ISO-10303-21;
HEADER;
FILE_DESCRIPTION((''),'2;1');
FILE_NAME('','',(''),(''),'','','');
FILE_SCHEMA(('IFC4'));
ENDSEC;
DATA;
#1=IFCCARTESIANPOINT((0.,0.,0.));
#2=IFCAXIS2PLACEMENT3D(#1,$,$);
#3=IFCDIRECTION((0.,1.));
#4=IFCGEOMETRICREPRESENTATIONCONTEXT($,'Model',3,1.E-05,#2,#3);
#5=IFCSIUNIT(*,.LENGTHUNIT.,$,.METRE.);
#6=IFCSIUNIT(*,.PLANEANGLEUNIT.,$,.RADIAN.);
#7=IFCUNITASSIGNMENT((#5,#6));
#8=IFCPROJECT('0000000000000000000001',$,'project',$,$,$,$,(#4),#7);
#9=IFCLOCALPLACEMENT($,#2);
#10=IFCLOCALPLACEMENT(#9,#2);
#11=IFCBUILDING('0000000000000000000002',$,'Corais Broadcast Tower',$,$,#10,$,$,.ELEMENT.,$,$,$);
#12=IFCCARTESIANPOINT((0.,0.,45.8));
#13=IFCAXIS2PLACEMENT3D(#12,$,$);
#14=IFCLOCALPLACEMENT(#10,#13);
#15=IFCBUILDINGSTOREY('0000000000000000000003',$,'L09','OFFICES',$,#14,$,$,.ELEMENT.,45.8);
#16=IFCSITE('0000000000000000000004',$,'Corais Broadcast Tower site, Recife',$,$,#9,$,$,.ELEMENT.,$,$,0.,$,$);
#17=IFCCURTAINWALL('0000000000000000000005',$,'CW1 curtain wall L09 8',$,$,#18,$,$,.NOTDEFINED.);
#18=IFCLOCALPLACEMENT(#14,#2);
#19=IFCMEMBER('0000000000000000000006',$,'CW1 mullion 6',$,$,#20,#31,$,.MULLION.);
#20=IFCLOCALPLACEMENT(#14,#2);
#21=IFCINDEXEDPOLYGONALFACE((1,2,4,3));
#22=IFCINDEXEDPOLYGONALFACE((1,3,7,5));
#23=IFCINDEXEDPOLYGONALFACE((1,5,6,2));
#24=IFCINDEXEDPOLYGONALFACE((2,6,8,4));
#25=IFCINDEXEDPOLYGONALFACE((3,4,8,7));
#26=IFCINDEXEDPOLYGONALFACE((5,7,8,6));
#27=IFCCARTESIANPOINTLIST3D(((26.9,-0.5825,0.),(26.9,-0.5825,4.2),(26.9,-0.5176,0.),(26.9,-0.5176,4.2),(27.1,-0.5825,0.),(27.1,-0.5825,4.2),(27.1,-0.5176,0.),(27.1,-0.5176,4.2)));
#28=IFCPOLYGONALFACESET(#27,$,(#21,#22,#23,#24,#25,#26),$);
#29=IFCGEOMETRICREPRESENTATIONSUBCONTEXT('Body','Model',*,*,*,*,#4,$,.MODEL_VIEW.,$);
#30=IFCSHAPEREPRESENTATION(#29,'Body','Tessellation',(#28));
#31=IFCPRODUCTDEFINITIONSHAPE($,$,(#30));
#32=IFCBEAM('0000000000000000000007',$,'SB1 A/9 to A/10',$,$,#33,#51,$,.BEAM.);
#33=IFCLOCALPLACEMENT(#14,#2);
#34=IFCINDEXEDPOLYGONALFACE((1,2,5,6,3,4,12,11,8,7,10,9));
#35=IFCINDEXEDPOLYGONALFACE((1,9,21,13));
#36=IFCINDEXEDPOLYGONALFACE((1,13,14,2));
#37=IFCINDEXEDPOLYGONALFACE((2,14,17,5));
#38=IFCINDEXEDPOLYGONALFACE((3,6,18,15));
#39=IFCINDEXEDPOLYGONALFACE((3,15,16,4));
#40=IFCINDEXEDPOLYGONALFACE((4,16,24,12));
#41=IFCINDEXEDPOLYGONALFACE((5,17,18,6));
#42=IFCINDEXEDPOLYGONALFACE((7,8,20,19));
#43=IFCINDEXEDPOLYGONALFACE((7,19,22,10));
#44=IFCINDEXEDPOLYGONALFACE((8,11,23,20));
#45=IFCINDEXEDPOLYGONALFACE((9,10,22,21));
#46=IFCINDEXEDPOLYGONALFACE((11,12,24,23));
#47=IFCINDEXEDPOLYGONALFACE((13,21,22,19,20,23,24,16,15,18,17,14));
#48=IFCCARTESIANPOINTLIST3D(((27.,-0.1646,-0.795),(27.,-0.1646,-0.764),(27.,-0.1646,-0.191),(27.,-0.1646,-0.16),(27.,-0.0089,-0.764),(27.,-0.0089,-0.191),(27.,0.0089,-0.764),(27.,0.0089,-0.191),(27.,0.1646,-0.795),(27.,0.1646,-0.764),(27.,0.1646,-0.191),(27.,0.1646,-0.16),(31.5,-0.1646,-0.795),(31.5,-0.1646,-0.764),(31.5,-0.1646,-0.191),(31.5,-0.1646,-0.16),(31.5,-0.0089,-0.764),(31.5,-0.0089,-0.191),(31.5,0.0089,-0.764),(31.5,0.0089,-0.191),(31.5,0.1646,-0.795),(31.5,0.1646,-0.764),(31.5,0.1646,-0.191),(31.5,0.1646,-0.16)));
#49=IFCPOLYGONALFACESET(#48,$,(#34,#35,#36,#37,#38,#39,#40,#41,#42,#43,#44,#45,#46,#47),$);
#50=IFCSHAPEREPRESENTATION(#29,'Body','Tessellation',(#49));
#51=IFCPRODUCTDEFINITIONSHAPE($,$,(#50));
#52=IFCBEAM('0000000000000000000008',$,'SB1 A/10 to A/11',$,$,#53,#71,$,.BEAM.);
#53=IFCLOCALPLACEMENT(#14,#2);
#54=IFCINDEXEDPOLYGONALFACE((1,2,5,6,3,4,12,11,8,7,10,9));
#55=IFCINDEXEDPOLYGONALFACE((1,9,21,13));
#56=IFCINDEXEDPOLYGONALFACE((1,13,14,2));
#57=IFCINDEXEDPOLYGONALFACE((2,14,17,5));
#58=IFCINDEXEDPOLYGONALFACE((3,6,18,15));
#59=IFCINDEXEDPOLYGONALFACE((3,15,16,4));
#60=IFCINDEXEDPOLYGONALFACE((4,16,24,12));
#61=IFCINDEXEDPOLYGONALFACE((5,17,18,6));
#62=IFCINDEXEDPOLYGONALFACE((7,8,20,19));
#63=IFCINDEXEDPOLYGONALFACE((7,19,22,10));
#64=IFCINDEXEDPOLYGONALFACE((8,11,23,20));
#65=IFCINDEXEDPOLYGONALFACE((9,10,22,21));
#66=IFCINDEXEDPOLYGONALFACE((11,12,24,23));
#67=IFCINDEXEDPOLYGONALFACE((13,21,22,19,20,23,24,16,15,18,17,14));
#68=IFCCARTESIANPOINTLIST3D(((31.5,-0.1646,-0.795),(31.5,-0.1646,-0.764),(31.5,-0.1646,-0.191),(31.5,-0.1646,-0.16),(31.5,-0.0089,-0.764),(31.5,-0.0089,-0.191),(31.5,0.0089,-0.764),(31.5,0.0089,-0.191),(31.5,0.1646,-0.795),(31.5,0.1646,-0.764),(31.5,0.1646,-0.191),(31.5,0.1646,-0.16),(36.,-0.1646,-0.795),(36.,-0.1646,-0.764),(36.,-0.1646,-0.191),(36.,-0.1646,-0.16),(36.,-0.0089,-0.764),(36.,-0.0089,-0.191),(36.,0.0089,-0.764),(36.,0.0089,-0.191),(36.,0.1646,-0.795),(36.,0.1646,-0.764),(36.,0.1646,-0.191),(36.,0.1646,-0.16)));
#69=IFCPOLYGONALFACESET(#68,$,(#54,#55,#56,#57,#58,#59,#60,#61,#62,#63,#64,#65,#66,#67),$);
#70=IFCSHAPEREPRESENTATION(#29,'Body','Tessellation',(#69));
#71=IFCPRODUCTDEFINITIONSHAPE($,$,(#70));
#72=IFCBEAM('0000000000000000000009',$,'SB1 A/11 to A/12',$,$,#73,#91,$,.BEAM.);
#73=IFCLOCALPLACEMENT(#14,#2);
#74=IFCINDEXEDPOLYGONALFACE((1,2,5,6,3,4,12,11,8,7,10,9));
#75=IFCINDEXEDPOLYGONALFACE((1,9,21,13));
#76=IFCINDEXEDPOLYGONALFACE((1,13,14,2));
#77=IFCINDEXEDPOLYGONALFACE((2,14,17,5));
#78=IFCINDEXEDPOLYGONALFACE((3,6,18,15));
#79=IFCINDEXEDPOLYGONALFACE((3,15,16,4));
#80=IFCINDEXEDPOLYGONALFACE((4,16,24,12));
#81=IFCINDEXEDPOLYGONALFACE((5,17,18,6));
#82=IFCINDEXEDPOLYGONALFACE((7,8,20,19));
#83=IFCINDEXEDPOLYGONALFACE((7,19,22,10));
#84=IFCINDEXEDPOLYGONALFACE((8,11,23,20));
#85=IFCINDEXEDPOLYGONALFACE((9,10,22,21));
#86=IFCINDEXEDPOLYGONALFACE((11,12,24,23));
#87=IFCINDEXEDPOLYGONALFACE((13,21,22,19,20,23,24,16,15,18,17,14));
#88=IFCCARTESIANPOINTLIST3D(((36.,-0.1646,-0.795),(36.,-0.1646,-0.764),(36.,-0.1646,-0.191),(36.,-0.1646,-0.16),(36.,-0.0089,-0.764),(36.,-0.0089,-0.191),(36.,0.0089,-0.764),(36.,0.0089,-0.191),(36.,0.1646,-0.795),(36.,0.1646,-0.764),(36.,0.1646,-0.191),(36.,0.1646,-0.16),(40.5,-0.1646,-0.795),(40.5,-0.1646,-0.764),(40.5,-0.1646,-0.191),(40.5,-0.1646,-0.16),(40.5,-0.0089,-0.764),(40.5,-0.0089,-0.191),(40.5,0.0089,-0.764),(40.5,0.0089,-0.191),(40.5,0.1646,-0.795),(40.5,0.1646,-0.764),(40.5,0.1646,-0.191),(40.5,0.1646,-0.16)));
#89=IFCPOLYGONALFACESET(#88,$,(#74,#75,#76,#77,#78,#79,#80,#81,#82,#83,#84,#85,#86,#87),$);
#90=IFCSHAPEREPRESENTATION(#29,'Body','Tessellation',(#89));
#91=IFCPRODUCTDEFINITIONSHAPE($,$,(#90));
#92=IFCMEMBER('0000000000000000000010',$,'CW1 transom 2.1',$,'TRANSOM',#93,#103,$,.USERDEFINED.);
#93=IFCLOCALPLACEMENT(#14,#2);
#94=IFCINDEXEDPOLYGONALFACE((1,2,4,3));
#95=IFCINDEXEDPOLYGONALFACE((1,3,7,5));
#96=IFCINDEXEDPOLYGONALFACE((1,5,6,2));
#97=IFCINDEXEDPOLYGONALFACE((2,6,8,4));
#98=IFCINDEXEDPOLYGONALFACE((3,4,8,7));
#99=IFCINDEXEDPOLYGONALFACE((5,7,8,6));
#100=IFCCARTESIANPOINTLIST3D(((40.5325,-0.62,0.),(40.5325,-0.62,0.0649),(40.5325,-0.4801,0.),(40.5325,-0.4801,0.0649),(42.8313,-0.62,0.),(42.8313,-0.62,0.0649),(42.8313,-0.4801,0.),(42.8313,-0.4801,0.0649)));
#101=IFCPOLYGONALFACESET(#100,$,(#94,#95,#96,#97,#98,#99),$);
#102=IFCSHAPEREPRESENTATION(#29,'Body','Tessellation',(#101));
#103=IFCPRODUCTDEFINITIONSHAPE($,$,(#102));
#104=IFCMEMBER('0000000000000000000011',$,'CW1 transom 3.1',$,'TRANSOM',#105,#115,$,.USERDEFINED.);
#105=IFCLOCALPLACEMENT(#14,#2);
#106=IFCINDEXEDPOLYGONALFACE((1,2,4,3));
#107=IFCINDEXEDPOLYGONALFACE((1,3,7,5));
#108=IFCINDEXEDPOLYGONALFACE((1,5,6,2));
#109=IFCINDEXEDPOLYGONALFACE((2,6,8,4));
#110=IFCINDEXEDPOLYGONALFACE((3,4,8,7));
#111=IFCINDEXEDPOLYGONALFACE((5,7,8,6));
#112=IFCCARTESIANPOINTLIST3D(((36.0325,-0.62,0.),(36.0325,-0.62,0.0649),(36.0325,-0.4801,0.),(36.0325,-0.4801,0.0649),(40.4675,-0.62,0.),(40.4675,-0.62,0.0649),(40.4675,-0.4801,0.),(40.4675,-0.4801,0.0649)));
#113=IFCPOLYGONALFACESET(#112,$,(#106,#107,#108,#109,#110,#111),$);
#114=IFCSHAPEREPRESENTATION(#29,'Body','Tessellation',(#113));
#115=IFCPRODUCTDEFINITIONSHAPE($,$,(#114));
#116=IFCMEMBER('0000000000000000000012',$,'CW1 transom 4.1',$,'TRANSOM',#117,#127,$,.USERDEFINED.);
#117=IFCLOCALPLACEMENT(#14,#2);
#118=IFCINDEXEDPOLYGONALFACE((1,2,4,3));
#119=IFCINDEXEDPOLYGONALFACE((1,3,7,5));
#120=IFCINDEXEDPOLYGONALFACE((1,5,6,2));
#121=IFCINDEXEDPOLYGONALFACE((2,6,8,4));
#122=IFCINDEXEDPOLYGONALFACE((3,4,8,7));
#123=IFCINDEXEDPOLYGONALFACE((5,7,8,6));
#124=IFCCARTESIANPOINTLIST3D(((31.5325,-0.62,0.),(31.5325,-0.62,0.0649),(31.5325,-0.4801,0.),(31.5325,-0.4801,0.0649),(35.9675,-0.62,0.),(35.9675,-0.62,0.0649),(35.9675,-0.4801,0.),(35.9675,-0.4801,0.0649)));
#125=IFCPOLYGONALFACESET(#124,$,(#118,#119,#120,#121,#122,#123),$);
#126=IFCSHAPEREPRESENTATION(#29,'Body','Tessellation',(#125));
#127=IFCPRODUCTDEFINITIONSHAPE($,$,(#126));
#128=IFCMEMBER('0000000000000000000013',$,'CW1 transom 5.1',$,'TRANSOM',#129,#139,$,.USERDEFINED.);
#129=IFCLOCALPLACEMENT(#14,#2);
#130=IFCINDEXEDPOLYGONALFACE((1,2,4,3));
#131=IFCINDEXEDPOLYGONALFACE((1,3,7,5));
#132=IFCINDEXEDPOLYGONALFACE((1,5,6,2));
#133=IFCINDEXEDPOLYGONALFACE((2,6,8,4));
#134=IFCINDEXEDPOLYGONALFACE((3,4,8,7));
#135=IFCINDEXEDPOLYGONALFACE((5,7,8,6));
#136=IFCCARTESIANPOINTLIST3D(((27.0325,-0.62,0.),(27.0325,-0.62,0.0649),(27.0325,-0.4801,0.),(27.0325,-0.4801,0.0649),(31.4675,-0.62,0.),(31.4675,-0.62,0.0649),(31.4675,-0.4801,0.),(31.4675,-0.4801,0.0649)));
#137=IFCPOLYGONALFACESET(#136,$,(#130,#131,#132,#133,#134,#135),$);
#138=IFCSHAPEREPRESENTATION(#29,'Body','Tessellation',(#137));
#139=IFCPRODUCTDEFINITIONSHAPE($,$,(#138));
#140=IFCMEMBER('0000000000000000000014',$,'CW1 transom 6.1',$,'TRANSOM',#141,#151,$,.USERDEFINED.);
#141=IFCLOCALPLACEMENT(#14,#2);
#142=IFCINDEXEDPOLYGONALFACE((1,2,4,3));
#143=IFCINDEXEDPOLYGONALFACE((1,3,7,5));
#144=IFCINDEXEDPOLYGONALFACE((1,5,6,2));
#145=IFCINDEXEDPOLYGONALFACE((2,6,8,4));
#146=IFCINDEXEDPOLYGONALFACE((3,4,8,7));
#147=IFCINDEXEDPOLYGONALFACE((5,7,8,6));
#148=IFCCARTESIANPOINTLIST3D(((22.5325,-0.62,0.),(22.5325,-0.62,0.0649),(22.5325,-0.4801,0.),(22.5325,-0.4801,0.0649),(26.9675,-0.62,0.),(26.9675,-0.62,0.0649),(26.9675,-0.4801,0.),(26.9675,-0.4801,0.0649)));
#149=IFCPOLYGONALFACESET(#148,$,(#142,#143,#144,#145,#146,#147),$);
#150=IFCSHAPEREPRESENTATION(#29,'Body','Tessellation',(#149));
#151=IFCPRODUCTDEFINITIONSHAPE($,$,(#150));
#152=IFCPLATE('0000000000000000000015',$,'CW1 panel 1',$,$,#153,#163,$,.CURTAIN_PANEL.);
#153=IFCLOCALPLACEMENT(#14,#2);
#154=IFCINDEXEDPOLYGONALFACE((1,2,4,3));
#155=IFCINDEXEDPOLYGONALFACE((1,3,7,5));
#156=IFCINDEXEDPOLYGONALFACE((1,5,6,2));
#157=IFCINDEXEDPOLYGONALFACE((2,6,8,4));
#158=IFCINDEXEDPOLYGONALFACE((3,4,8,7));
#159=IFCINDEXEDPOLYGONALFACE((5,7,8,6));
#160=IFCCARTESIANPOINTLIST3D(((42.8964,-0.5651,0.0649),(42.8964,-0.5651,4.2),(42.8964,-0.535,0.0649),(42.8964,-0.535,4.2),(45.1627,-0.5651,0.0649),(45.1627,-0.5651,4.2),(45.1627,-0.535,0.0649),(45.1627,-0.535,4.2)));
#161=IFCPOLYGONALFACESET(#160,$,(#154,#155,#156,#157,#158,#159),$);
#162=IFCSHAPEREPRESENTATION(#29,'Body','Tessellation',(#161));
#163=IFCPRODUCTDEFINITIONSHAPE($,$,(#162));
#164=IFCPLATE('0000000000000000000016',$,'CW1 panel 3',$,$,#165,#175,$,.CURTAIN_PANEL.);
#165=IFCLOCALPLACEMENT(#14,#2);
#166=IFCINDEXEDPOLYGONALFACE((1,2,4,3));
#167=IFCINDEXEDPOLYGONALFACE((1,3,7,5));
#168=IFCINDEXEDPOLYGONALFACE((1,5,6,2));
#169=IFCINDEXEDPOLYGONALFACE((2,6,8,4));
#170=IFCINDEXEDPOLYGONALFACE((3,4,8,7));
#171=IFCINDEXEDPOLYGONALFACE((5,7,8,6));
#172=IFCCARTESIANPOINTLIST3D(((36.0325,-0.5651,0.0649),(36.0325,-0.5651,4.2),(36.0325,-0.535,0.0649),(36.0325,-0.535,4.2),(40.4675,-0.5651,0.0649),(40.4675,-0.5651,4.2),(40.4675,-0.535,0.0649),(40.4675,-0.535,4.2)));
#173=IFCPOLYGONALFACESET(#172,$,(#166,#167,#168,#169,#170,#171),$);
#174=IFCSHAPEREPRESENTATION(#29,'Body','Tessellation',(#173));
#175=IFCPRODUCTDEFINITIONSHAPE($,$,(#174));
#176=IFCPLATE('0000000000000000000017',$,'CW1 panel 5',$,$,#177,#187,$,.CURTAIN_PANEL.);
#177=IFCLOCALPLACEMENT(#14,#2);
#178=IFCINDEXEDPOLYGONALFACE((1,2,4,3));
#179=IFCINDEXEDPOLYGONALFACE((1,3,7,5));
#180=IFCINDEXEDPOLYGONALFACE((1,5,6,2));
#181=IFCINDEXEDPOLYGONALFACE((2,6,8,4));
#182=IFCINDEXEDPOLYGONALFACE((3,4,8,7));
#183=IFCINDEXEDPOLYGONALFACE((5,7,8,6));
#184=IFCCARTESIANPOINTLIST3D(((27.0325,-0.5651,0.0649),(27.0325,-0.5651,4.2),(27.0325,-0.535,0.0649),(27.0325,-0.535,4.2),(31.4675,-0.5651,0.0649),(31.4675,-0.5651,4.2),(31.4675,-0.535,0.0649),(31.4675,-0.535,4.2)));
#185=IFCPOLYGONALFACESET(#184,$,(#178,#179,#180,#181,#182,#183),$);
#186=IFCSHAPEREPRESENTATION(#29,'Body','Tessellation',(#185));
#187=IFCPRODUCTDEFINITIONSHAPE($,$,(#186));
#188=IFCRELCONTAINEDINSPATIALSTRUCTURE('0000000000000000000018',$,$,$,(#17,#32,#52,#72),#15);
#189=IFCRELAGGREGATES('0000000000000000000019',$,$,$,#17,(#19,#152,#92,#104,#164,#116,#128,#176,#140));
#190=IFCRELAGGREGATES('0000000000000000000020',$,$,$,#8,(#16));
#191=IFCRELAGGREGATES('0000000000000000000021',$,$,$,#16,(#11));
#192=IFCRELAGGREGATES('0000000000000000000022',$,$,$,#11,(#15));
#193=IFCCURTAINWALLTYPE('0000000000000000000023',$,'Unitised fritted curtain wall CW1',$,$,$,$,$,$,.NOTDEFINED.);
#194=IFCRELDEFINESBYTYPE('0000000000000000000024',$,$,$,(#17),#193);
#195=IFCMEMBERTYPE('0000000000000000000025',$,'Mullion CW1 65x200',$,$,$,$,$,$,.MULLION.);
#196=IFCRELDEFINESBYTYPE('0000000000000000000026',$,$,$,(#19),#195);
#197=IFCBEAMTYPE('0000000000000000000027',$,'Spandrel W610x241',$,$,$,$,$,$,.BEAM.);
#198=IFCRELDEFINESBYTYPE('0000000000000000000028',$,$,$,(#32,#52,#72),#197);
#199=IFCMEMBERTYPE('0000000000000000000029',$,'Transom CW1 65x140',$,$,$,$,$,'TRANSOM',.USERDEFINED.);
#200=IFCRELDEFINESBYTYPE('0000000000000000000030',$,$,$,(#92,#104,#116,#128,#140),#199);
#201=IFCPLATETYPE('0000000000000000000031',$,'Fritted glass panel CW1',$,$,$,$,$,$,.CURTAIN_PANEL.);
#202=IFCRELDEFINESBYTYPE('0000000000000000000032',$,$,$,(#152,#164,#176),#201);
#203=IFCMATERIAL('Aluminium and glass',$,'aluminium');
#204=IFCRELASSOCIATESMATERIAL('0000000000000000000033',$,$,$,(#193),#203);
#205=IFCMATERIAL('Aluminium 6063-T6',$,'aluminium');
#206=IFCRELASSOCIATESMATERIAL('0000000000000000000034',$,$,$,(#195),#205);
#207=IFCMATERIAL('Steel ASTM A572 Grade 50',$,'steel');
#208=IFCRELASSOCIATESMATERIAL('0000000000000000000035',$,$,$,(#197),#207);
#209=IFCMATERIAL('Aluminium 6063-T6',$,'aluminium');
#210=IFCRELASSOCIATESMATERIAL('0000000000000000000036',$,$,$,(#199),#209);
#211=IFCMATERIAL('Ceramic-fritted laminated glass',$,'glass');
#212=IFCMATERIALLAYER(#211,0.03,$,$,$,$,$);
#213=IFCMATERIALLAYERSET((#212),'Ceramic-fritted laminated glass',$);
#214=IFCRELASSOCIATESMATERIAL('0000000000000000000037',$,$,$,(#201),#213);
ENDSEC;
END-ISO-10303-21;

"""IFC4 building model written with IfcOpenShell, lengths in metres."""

from ifc_helpers import new_model, si_unit, direction, frame, origin, origin_2d, place, context, subcontext, project, spatial, rectangle, i_section, extrude, material, layer, layer_set, material_profile, profile_set, type_object, element, aggregate, save


model = new_model("IFC4")

# Units and contexts
model_context = context("Model", 3, precision=1e-05, world=origin(), true_north=direction((0.0, 1.0)))
body_context = subcontext(model_context, "Body", "Model", "MODEL_VIEW")
ifc_project = project(units=[si_unit("LENGTHUNIT", "METRE"), si_unit("PLANEANGLEUNIT", "RADIAN")], contexts=[model_context])

# Site, building, storey
site_placement = place(None, origin())
site = spatial("IfcSite", under=ifc_project, at=site_placement, Name="Corais Broadcast Tower site, Recife", CompositionType="ELEMENT", RefElevation=0.0)
building_placement = place(site_placement, origin())
building = spatial("IfcBuilding", under=site, at=building_placement, Name="Corais Broadcast Tower", CompositionType="ELEMENT")
storey_placement = place(building_placement, frame((0.0, 0.0, 45.8)))
storey = spatial("IfcBuildingStorey", under=building, at=storey_placement, Name="L09", Description="OFFICES", CompositionType="ELEMENT", Elevation=45.8)

# Curtain wall, member
ifc_material_1 = material(Name="Aluminium and glass", Category="aluminium")
curtain_wall_type = type_object("IfcCurtainWallType", Name="Unitised fritted curtain wall CW1", PredefinedType="NOTDEFINED", material=ifc_material_1)
curtain_wall_placement = place(storey_placement, origin())
curtain_wall = element("IfcCurtainWall", 1, at=curtain_wall_placement, inside=storey, type_object=curtain_wall_type, Name="CW1 curtain wall L09 8", PredefinedType="NOTDEFINED")
ifc_material_2 = material(Name="Aluminium 6063-T6", Category="aluminium")
ifc_material_profile_1 = material_profile(ifc_material_2, rectangle(XDim=0.0649, YDim=0.2, at=origin_2d()), Name="Mullion CW1 65x200")
ifc_profile_set_1 = profile_set([ifc_material_profile_1], Name="Aluminium 6063-T6")
member_type_1 = type_object("IfcMemberType", Name="Mullion CW1 65x200", PredefinedType="MULLION", material=ifc_profile_set_1)
member_1_placement = place(storey_placement, frame((27.0, -0.55, 0.0), z_axis=(0.0, 0.0, 1.0), x_axis=(0.0, -1.0, 0.0)))
member_1 = element("IfcMember", 2, at=member_1_placement, type_object=member_type_1, Name="CW1 mullion 6", PredefinedType="MULLION", context=body_context, shape_type="SweptSolid", body=[
    extrude(rectangle(XDim=0.0649, YDim=0.2, at=origin_2d()), origin(), (0.0, 0.0, 1.0), 4.2),
])

# Beams
ifc_material_3 = material(Name="Steel ASTM A572 Grade 50", Category="steel")
ifc_material_profile_2 = material_profile(ifc_material_3, i_section(OverallWidth=0.3291, OverallDepth=0.635, WebThickness=0.0178, FlangeThickness=0.031, at=origin_2d()), Name="W610x241")
ifc_profile_set_2 = profile_set([ifc_material_profile_2], Name="Steel ASTM A572 Grade 50")
beam_type_1 = type_object("IfcBeamType", Name="Spandrel W610x241", PredefinedType="BEAM", material=ifc_profile_set_2)
for number, where, z_axis, x_axis, name in (
    (3, (27.0, 0.0, -0.4775), (1.0, 0.0, 0.0), (0.0, 1.0, 0.0), "SB1 A/9 to A/10"),
    (4, (31.5, 0.0, -0.4775), (1.0, 0.0, 0.0), (0.0, 1.0, 0.0), "SB1 A/10 to A/11"),
    (5, (36.0, 0.0, -0.4775), (1.0, 0.0, 0.0), (0.0, 1.0, 0.0), "SB1 A/11 to A/12"),
):
    element("IfcBeam", number, at=place(storey_placement, frame(where, z_axis=z_axis, x_axis=x_axis)), inside=storey, type_object=beam_type_1, Name=name, PredefinedType="BEAM", context=body_context, shape_type="SweptSolid", body=[
        extrude(i_section(OverallWidth=0.3291, OverallDepth=0.635, WebThickness=0.0178, FlangeThickness=0.031, at=origin_2d()), origin(), (0.0, 0.0, 1.0), 4.5),
    ])

# Members
ifc_material_4 = material(Name="Aluminium 6063-T6", Category="aluminium")
ifc_material_profile_3 = material_profile(ifc_material_4, rectangle(XDim=0.1399, YDim=0.0649, at=origin_2d()), Name="Transom CW1 65x140")
ifc_profile_set_3 = profile_set([ifc_material_profile_3], Name="Aluminium 6063-T6")
member_type_2 = type_object("IfcMemberType", Name="Transom CW1 65x140", ElementType="TRANSOM", PredefinedType="USERDEFINED", material=ifc_profile_set_3)
member_2_placement = place(storey_placement, frame((42.8313, -0.55, 0.0325), z_axis=(-1.0, 0.0, 0.0), x_axis=(0.0, -1.0, 0.0)))
member_2 = element("IfcMember", 6, at=member_2_placement, type_object=member_type_2, Name="CW1 transom 2.1", ObjectType="TRANSOM", PredefinedType="USERDEFINED", context=body_context, shape_type="SweptSolid", body=[
    extrude(rectangle(XDim=0.1399, YDim=0.0649, at=origin_2d()), origin(), (0.0, 0.0, 1.0), 2.2988),
])
member_3_placement = place(storey_placement, frame((40.4675, -0.55, 0.0325), z_axis=(-1.0, 0.0, 0.0), x_axis=(0.0, -1.0, 0.0)))
member_3 = element("IfcMember", 7, at=member_3_placement, type_object=member_type_2, Name="CW1 transom 3.1", ObjectType="TRANSOM", PredefinedType="USERDEFINED", context=body_context, shape_type="SweptSolid", body=[
    extrude(rectangle(XDim=0.1399, YDim=0.0649, at=origin_2d()), origin(), (0.0, 0.0, 1.0), 4.4351),
])
member_4_placement = place(storey_placement, frame((35.9675, -0.55, 0.0325), z_axis=(-1.0, 0.0, 0.0), x_axis=(0.0, -1.0, 0.0)))
member_4 = element("IfcMember", 8, at=member_4_placement, type_object=member_type_2, Name="CW1 transom 4.1", ObjectType="TRANSOM", PredefinedType="USERDEFINED", context=body_context, shape_type="SweptSolid", body=[
    extrude(rectangle(XDim=0.1399, YDim=0.0649, at=origin_2d()), origin(), (0.0, 0.0, 1.0), 4.4351),
])
member_5_placement = place(storey_placement, frame((31.4675, -0.55, 0.0325), z_axis=(-1.0, 0.0, 0.0), x_axis=(0.0, -1.0, 0.0)))
member_5 = element("IfcMember", 9, at=member_5_placement, type_object=member_type_2, Name="CW1 transom 5.1", ObjectType="TRANSOM", PredefinedType="USERDEFINED", context=body_context, shape_type="SweptSolid", body=[
    extrude(rectangle(XDim=0.1399, YDim=0.0649, at=origin_2d()), origin(), (0.0, 0.0, 1.0), 4.4351),
])
member_6_placement = place(storey_placement, frame((26.9675, -0.55, 0.0325), z_axis=(-1.0, 0.0, 0.0), x_axis=(0.0, -1.0, 0.0)))
member_6 = element("IfcMember", 10, at=member_6_placement, type_object=member_type_2, Name="CW1 transom 6.1", ObjectType="TRANSOM", PredefinedType="USERDEFINED", context=body_context, shape_type="SweptSolid", body=[
    extrude(rectangle(XDim=0.1399, YDim=0.0649, at=origin_2d()), origin(), (0.0, 0.0, 1.0), 4.4351),
])

# Plates
ifc_material_5 = material(Name="Ceramic-fritted laminated glass", Category="glass")
ifc_layer_1 = layer(ifc_material_5, 0.03)
ifc_layer_set_1 = layer_set([ifc_layer_1], Name="Ceramic-fritted laminated glass")
plate_type_1 = type_object("IfcPlateType", Name="Fritted glass panel CW1", PredefinedType="CURTAIN_PANEL", material=ifc_layer_set_1)
plate_1_placement = place(storey_placement, frame((44.0295, -0.55, 0.0649), z_axis=(0.0, 0.0, 1.0), x_axis=(-1.0, 0.0, 0.0)))
plate_1 = element("IfcPlate", 11, at=plate_1_placement, type_object=plate_type_1, Name="CW1 panel 1", PredefinedType="CURTAIN_PANEL", context=body_context, shape_type="SweptSolid", body=[
    extrude(rectangle(XDim=2.2664, YDim=0.03, at=origin_2d()), origin(), (0.0, 0.0, 1.0), 4.135),
])
plate_2_placement = place(storey_placement, frame((38.25, -0.55, 0.0649), z_axis=(0.0, 0.0, 1.0), x_axis=(-1.0, 0.0, 0.0)))
plate_2 = element("IfcPlate", 12, at=plate_2_placement, type_object=plate_type_1, Name="CW1 panel 3", PredefinedType="CURTAIN_PANEL", context=body_context, shape_type="SweptSolid", body=[
    extrude(rectangle(XDim=4.4351, YDim=0.03, at=origin_2d()), origin(), (0.0, 0.0, 1.0), 4.135),
])
plate_3_placement = place(storey_placement, frame((29.25, -0.55, 0.0649), z_axis=(0.0, 0.0, 1.0), x_axis=(-1.0, 0.0, 0.0)))
plate_3 = element("IfcPlate", 13, at=plate_3_placement, type_object=plate_type_1, Name="CW1 panel 5", PredefinedType="CURTAIN_PANEL", context=body_context, shape_type="SweptSolid", body=[
    extrude(rectangle(XDim=4.4351, YDim=0.03, at=origin_2d()), origin(), (0.0, 0.0, 1.0), 4.135),
])
aggregate(curtain_wall, [member_1, plate_1, member_2, member_3, plate_2, member_4, member_5, plate_3, member_6])

save(model, "model.ifc")
